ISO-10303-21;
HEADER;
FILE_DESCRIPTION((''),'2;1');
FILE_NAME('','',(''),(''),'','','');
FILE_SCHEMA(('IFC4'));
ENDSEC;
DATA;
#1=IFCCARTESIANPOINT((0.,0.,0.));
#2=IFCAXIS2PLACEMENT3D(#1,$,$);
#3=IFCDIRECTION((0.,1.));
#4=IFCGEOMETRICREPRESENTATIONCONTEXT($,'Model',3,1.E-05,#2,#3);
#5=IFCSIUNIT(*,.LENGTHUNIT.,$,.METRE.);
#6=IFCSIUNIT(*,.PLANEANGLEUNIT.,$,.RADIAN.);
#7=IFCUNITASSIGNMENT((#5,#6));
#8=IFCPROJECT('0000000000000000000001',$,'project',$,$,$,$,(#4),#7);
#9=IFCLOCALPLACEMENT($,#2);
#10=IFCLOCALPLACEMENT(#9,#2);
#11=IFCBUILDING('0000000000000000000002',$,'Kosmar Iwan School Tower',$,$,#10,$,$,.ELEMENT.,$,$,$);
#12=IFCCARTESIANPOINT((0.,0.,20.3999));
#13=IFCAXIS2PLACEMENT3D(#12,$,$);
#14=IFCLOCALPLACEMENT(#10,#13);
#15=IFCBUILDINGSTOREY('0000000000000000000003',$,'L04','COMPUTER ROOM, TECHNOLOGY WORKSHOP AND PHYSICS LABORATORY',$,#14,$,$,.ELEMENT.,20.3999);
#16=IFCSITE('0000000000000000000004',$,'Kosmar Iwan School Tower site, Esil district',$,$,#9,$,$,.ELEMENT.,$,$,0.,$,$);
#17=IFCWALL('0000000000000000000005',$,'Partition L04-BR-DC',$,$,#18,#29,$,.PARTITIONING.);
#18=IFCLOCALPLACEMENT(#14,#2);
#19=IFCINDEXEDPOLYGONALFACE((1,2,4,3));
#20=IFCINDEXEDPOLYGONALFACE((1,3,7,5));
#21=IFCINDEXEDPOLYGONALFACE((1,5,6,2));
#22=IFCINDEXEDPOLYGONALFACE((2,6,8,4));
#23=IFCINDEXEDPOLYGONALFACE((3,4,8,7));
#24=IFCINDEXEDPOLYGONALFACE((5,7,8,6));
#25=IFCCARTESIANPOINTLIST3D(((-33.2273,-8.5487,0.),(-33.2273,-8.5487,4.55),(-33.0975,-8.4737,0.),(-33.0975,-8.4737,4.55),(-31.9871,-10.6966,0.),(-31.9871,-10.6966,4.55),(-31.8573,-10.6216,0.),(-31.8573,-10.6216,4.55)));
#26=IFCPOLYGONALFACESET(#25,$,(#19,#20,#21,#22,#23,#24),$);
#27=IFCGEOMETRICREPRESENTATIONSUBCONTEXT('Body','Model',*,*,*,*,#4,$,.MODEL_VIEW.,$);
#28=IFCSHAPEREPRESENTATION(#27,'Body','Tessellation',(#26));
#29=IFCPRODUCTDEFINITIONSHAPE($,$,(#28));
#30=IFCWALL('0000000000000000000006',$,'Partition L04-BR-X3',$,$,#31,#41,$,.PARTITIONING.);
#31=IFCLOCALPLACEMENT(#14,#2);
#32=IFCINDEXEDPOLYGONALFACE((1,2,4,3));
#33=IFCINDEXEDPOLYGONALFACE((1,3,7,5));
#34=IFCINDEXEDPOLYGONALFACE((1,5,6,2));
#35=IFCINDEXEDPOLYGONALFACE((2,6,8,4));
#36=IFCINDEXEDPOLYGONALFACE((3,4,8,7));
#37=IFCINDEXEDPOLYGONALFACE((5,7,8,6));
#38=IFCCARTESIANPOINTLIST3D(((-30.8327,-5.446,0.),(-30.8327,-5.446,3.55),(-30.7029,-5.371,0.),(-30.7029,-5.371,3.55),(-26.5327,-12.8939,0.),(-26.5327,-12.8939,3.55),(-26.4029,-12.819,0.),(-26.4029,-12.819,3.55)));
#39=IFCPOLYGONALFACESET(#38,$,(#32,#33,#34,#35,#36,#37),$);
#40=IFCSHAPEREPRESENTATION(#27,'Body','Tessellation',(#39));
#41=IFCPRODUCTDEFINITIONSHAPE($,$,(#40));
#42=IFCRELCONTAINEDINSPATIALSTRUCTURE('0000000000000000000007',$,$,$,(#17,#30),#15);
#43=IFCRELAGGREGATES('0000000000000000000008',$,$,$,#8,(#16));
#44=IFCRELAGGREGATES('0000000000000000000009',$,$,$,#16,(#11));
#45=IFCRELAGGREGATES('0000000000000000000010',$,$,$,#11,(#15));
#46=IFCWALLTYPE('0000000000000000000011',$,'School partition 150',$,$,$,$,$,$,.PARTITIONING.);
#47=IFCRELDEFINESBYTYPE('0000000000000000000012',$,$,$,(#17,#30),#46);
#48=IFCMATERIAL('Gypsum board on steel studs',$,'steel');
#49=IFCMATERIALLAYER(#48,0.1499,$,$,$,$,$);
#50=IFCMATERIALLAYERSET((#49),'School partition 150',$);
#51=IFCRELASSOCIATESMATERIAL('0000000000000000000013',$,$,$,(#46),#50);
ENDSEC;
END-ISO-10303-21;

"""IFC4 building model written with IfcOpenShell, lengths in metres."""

from ifc_helpers import new_model, si_unit, direction, frame, frame_2d, origin, place, context, subcontext, project, spatial, rectangle, extrude, material, layer, layer_set, type_object, element, save


model = new_model("IFC4")

# Units and contexts
model_context = context("Model", 3, precision=1e-05, world=origin(), true_north=direction((0.0, 1.0)))
body_context = subcontext(model_context, "Body", "Model", "MODEL_VIEW")
ifc_project = project(units=[si_unit("LENGTHUNIT", "METRE"), si_unit("PLANEANGLEUNIT", "RADIAN")], contexts=[model_context])

# Site, building, storey
site_placement = place(None, origin())
site = spatial("IfcSite", under=ifc_project, at=site_placement, Name="Kosmar Iwan School Tower site, Esil district", CompositionType="ELEMENT", RefElevation=0.0)
building_placement = place(site_placement, origin())
building = spatial("IfcBuilding", under=site, at=building_placement, Name="Kosmar Iwan School Tower", CompositionType="ELEMENT")
storey_placement = place(building_placement, frame((0.0, 0.0, 20.3999)))
storey = spatial("IfcBuildingStorey", under=building, at=storey_placement, Name="L04", Description="COMPUTER ROOM, TECHNOLOGY WORKSHOP AND PHYSICS LABORATORY", CompositionType="ELEMENT", Elevation=20.3999)

# Walls
ifc_material_1 = material(Name="Gypsum board on steel studs", Category="steel")
ifc_layer_1 = layer(ifc_material_1, 0.1499)
ifc_layer_set_1 = layer_set([ifc_layer_1], Name="School partition 150")
wall_type_1 = type_object("IfcWallType", Name="School partition 150", PredefinedType="PARTITIONING", material=ifc_layer_set_1)
wall_1_placement = place(storey_placement, frame((-31.9221, -10.6592, 0.0), z_axis=(0.0, 0.0, 1.0), x_axis=(-0.500035, 0.866005, 0.0)))
element("IfcWall", 1, at=wall_1_placement, inside=storey, type_object=wall_type_1, Name="Partition L04-BR-DC", PredefinedType="PARTITIONING", context=body_context, shape_type="SweptSolid", body=[
    extrude(rectangle(XDim=2.4802, YDim=0.1499, at=frame_2d((1.2402, 0.0))), origin(), (0.0, 0.0, 1.0), 4.55),
])
wall_2_placement = place(storey_placement, frame((-26.4678, -12.8564, 0.0), z_axis=(0.0, 0.0, 1.0), x_axis=(-0.499995, 0.866028, 0.0)))
element("IfcWall", 2, at=wall_2_placement, inside=storey, type_object=wall_type_1, Name="Partition L04-BR-X3", PredefinedType="PARTITIONING", context=body_context, shape_type="SweptSolid", body=[
    extrude(rectangle(XDim=8.6001, YDim=0.1499, at=frame_2d((4.3, 0.0))), origin(), (0.0, 0.0, 1.0), 3.55),
])

save(model, "model.ifc")
